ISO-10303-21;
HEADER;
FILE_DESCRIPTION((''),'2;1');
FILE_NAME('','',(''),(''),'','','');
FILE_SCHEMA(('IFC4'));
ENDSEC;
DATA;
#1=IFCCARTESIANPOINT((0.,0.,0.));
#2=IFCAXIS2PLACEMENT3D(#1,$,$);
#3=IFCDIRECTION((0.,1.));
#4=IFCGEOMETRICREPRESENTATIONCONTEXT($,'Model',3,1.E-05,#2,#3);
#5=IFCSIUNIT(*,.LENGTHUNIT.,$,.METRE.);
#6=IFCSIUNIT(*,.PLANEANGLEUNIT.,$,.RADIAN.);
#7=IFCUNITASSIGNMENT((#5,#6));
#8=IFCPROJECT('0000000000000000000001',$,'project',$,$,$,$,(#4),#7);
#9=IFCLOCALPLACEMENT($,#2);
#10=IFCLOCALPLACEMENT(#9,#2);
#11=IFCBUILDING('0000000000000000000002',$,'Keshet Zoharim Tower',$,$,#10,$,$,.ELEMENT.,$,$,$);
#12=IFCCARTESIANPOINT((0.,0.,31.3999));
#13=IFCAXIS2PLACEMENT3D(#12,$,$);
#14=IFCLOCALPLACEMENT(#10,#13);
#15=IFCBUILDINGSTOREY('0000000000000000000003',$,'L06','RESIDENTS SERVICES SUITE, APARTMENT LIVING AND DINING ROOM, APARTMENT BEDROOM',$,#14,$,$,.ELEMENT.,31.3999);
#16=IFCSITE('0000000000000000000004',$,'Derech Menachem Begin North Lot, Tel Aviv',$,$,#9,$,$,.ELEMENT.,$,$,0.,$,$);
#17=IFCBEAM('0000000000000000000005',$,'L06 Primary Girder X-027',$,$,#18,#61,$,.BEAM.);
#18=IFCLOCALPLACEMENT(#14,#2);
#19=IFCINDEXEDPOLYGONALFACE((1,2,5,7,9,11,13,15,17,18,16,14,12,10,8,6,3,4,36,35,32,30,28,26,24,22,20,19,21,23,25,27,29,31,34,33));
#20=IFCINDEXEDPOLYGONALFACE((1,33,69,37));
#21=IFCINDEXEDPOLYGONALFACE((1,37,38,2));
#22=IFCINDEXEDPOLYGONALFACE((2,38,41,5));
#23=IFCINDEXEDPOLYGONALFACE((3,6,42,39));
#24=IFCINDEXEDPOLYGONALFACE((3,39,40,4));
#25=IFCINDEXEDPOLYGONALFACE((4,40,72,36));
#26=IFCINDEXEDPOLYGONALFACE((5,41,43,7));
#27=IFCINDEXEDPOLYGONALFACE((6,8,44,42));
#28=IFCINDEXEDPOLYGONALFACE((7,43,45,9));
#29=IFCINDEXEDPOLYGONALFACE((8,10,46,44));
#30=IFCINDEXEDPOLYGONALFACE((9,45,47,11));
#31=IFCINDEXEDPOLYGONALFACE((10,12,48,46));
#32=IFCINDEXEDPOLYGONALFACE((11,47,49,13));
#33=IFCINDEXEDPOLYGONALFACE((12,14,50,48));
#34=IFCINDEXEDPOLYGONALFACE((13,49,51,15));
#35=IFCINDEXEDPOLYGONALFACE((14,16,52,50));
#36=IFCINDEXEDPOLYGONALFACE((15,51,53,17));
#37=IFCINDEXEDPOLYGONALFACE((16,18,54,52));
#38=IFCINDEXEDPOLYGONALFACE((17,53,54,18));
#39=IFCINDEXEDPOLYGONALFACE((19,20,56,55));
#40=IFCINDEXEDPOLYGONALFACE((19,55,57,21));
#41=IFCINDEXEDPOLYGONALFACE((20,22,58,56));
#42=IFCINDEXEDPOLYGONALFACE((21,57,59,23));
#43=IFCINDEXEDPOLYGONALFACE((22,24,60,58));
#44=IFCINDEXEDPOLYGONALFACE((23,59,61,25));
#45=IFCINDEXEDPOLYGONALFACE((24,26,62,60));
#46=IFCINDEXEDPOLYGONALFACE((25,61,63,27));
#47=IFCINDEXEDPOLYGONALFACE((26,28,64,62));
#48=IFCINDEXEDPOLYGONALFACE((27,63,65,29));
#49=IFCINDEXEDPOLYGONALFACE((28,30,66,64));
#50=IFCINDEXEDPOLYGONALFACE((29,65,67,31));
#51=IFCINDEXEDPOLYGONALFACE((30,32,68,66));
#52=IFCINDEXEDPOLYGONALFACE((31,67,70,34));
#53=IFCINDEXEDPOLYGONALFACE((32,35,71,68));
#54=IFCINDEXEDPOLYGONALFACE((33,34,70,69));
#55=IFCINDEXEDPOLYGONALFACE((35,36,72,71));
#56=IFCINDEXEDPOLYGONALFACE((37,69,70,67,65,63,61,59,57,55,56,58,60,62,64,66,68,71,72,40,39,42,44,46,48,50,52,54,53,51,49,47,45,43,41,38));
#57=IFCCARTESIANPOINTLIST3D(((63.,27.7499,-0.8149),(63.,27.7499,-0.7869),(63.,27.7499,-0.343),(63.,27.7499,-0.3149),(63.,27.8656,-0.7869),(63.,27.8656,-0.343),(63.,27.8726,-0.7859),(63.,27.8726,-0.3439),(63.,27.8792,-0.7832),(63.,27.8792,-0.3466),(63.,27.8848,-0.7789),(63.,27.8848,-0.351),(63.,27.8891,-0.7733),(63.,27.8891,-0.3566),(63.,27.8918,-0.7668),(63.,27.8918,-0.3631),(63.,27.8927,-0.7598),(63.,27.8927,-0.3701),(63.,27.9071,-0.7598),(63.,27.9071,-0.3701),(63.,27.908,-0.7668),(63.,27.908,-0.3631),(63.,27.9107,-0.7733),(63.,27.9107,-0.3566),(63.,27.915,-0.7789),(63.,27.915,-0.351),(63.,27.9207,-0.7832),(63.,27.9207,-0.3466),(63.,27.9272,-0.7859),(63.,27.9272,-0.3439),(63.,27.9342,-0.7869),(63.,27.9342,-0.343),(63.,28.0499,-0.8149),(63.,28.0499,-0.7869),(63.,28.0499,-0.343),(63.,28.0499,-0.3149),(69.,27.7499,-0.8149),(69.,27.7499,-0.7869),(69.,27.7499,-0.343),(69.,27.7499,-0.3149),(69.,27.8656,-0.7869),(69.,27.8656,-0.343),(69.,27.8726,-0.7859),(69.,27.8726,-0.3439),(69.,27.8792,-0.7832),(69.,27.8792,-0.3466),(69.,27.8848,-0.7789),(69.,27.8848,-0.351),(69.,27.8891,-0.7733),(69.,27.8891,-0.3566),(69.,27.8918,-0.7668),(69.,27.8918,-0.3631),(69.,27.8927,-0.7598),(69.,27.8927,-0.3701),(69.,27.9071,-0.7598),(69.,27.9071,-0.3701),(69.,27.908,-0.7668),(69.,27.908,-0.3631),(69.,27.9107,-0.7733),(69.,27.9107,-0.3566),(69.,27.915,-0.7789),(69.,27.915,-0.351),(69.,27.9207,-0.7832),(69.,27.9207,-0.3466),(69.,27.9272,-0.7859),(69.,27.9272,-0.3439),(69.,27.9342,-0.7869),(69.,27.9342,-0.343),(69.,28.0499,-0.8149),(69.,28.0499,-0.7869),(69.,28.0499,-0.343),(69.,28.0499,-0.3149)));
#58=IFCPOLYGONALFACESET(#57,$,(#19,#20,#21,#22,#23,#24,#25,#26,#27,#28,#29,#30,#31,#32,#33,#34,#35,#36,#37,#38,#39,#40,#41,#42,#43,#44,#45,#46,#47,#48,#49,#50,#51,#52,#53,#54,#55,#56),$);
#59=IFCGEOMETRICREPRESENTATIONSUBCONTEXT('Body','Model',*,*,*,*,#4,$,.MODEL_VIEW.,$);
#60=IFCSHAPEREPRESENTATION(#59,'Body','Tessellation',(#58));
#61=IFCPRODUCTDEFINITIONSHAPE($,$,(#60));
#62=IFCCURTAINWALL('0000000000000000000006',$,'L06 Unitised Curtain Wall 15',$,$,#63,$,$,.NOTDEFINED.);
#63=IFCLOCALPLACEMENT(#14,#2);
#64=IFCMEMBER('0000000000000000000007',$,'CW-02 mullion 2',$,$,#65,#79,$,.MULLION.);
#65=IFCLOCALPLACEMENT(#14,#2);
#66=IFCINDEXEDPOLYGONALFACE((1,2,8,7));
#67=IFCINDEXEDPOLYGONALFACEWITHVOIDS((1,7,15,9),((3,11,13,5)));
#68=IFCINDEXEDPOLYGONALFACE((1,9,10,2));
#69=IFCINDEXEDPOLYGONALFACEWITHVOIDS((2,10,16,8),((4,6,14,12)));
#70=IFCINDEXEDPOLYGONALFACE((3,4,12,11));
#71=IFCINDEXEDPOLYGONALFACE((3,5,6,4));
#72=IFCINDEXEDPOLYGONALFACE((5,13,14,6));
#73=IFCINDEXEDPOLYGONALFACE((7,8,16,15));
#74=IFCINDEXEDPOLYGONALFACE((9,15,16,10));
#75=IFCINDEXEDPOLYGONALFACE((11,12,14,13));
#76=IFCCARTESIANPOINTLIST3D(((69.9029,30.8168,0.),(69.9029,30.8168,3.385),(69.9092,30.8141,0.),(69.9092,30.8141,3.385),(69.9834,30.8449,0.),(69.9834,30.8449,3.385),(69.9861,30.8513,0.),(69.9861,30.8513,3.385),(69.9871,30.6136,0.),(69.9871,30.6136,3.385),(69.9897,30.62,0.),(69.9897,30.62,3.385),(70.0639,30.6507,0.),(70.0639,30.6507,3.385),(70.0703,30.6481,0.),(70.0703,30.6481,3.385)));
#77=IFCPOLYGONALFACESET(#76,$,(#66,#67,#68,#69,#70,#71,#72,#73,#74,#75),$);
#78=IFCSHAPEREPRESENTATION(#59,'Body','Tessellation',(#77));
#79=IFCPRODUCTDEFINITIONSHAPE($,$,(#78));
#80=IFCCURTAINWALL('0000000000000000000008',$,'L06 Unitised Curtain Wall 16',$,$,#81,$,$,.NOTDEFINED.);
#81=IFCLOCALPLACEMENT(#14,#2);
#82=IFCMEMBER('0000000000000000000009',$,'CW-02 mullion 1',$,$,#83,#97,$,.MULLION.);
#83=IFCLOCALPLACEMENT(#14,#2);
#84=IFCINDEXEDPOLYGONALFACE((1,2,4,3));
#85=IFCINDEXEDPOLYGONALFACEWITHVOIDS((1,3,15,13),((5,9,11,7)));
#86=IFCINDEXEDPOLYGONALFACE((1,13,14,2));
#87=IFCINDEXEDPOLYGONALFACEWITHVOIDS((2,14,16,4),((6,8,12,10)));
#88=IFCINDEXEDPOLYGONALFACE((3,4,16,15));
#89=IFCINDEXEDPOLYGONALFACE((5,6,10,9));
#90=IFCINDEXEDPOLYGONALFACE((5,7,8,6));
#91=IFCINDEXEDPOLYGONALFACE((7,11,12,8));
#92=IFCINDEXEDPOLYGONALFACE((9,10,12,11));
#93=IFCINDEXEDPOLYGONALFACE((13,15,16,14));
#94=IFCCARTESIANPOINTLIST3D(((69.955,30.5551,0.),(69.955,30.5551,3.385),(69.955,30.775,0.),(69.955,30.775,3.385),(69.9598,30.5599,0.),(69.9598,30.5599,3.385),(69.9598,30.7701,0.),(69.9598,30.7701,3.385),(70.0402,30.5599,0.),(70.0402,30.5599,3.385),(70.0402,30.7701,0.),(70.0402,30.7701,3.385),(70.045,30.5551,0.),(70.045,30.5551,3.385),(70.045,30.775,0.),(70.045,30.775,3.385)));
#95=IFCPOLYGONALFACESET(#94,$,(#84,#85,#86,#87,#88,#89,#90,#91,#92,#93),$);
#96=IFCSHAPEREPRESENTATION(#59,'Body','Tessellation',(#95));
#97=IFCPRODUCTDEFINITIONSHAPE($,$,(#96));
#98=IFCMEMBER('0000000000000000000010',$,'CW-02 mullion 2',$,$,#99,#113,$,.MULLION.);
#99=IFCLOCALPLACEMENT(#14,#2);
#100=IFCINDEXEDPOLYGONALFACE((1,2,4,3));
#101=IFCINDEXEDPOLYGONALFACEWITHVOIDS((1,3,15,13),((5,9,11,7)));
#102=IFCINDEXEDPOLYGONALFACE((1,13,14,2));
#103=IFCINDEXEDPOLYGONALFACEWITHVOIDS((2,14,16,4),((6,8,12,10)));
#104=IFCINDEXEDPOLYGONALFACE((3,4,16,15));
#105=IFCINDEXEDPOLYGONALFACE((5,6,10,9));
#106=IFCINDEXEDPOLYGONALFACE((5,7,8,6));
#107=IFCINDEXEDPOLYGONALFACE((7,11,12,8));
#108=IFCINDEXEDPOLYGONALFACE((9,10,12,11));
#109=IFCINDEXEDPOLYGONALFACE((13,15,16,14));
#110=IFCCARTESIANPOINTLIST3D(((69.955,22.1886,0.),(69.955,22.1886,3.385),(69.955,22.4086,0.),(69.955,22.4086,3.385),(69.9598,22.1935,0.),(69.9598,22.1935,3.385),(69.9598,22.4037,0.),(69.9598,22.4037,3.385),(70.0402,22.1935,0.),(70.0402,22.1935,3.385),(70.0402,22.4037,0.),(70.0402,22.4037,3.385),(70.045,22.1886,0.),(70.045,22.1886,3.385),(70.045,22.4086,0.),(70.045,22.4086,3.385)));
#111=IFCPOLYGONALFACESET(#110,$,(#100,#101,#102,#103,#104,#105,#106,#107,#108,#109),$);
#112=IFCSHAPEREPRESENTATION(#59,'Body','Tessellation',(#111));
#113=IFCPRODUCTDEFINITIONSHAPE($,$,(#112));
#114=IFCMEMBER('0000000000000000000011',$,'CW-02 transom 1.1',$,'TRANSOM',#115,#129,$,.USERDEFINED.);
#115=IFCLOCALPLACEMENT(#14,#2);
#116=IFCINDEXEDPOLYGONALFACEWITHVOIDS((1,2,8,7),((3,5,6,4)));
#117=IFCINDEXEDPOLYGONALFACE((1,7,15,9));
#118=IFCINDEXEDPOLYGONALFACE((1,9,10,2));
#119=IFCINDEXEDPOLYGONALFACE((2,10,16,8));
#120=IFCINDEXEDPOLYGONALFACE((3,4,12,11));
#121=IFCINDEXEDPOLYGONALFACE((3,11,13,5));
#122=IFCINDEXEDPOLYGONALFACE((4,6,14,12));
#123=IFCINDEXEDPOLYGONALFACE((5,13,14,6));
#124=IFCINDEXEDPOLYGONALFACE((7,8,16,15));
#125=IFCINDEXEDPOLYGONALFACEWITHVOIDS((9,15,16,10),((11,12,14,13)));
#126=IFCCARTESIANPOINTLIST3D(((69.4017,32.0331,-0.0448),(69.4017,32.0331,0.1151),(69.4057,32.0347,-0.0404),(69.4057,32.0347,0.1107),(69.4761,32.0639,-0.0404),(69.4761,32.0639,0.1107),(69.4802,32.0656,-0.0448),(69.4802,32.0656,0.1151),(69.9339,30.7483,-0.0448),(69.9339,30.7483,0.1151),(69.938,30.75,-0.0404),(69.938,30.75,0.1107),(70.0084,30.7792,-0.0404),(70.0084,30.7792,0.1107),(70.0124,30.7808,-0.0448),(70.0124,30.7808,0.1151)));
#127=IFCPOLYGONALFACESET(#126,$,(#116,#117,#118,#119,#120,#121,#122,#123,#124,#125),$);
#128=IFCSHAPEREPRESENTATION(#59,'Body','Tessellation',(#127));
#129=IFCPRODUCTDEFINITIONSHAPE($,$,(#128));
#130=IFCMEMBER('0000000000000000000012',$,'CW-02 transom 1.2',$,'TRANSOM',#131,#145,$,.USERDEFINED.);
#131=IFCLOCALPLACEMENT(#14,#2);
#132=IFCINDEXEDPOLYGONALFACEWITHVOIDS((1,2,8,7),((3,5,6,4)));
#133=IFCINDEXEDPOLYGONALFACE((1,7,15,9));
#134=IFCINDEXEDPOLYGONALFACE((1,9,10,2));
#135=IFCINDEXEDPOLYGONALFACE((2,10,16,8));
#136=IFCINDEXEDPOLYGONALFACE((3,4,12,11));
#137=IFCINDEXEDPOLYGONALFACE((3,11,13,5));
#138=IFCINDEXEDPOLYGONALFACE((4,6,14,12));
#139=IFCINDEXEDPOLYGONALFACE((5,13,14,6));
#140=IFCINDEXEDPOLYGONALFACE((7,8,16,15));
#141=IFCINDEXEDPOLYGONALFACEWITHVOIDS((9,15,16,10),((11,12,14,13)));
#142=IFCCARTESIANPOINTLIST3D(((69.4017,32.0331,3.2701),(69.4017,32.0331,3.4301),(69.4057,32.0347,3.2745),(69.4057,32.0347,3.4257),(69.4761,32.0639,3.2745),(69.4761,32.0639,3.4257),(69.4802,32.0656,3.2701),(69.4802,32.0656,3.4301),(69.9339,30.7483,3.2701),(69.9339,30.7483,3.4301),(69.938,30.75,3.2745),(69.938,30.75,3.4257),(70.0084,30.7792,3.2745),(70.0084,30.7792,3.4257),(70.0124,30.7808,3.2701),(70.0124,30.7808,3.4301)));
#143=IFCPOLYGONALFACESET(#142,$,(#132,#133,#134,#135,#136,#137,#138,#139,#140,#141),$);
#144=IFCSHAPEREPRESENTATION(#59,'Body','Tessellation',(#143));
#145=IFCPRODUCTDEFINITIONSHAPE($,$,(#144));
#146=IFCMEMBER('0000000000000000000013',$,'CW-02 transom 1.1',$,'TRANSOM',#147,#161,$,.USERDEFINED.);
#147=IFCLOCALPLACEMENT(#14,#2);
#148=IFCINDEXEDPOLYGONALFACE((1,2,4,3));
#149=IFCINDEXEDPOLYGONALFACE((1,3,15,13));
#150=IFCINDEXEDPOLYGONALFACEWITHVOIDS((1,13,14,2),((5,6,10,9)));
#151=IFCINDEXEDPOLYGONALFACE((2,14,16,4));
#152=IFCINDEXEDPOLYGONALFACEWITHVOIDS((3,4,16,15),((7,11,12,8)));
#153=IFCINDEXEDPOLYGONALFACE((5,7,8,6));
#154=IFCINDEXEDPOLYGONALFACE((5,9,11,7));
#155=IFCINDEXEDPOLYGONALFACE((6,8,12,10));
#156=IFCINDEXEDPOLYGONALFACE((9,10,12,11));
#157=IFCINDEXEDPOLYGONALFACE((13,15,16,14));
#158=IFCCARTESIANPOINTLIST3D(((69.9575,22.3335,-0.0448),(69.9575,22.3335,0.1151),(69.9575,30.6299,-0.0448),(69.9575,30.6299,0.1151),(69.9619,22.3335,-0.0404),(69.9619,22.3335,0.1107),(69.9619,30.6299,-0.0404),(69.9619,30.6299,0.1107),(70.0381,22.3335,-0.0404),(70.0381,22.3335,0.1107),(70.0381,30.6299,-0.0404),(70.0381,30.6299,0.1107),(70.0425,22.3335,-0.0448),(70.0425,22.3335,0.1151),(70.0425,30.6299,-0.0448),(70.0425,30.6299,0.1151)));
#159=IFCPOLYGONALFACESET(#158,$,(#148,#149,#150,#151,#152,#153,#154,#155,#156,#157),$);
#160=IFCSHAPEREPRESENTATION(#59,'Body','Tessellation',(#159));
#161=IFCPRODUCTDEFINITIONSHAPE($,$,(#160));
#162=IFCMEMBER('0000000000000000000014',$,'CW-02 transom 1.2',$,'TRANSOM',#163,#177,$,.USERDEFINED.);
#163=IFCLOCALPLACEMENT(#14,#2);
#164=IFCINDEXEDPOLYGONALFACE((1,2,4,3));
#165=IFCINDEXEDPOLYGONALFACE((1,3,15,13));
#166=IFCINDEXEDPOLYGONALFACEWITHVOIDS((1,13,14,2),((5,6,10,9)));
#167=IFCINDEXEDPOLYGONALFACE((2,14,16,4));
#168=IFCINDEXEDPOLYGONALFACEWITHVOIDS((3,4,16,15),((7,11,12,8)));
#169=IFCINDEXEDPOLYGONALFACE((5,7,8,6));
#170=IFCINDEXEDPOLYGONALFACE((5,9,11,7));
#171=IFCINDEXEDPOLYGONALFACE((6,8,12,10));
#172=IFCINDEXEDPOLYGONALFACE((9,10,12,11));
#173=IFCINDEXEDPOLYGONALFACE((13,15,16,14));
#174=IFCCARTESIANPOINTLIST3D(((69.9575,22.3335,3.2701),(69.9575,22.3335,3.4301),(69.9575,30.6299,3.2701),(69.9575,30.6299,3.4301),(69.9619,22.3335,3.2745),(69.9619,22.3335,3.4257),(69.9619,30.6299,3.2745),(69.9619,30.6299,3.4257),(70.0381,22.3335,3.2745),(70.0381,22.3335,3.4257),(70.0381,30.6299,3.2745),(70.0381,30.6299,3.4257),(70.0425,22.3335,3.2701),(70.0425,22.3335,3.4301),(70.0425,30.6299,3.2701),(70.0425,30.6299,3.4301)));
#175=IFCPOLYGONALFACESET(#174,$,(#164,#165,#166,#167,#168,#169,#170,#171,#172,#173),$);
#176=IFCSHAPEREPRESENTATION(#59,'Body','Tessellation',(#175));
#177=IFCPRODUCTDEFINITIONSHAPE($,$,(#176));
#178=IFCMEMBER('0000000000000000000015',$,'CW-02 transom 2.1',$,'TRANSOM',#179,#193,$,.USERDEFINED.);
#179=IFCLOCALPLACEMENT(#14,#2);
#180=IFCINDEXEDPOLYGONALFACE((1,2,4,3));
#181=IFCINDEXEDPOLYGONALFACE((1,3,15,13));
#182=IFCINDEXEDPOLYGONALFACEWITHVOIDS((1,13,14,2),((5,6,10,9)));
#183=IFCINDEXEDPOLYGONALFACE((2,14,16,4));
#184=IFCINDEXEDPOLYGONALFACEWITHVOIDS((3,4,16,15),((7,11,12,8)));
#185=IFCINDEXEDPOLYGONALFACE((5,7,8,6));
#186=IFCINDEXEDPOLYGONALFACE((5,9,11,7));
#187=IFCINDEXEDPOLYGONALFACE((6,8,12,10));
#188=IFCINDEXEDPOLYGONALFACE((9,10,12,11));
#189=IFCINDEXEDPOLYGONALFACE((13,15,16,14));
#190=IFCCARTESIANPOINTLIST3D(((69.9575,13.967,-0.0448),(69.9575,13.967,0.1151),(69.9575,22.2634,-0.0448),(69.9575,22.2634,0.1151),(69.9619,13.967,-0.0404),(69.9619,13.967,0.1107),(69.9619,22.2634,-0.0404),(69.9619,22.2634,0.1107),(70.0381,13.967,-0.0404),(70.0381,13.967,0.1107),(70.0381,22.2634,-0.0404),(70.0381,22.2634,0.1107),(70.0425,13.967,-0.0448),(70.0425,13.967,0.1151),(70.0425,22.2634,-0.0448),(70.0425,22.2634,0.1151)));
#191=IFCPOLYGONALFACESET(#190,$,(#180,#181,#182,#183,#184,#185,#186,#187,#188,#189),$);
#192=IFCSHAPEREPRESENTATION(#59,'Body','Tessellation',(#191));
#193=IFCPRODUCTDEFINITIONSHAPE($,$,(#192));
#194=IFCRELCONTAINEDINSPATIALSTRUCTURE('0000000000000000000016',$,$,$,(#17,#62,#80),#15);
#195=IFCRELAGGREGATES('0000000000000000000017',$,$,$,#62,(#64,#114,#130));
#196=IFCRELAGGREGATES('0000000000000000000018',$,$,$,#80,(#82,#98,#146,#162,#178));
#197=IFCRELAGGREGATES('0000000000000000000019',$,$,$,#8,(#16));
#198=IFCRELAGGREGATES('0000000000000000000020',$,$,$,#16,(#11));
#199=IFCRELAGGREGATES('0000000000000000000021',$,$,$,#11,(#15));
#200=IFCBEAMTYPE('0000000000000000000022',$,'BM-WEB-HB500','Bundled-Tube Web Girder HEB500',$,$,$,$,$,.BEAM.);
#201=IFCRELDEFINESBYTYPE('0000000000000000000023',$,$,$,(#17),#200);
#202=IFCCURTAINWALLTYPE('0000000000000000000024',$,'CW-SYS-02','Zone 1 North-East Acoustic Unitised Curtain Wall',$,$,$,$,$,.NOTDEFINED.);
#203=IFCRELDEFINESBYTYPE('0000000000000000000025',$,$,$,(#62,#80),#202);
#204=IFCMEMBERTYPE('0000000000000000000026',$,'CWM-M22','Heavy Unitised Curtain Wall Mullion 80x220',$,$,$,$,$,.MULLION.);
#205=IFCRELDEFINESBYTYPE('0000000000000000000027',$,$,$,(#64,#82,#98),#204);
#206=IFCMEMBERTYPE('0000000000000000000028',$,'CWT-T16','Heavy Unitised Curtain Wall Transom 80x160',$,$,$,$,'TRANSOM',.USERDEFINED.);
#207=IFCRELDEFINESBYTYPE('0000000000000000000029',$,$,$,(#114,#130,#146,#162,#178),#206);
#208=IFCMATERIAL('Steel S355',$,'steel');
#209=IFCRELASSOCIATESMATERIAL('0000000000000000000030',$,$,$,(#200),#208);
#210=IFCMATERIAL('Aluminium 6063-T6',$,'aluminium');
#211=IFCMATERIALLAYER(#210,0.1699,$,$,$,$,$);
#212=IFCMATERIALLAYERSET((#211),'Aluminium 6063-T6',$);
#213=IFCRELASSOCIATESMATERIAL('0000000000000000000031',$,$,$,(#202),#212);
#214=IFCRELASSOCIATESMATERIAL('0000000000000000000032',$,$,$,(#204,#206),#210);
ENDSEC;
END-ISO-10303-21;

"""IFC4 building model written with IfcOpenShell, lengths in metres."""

from ifc_helpers import new_model, si_unit, direction, frame, origin, origin_2d, place, context, subcontext, project, spatial, hollow_rectangle, i_section, extrude, material, layer, layer_set, material_profile, profile_set, type_object, element, aggregate, save


model = new_model("IFC4")

# Units and contexts
model_context = context("Model", 3, precision=1e-05, world=origin(), true_north=direction((0.0, 1.0)))
body_context = subcontext(model_context, "Body", "Model", "MODEL_VIEW")
ifc_project = project(units=[si_unit("LENGTHUNIT", "METRE"), si_unit("PLANEANGLEUNIT", "RADIAN")], contexts=[model_context])

# Site, building, storey
site_placement = place(None, origin())
site = spatial("IfcSite", under=ifc_project, at=site_placement, Name="Derech Menachem Begin North Lot, Tel Aviv", CompositionType="ELEMENT", RefElevation=0.0)
building_placement = place(site_placement, origin())
building = spatial("IfcBuilding", under=site, at=building_placement, Name="Keshet Zoharim Tower", CompositionType="ELEMENT")
storey_placement = place(building_placement, frame((0.0, 0.0, 31.3999)))
storey = spatial("IfcBuildingStorey", under=building, at=storey_placement, Name="L06", Description="RESIDENTS SERVICES SUITE, APARTMENT LIVING AND DINING ROOM, APARTMENT BEDROOM", CompositionType="ELEMENT", Elevation=31.3999)

# Shared definitions
ifc_material_1 = material(Name="Steel S355", Category="steel")

# Beam
ifc_material_profile_1 = material_profile(ifc_material_1, i_section(OverallWidth=0.3, OverallDepth=0.5, WebThickness=0.0144, FlangeThickness=0.0281, FilletRadius=0.0271, at=origin_2d()), Name="HEB500")
ifc_profile_set_1 = profile_set([ifc_material_profile_1], Name="Steel S355")
beam_type_1 = type_object("IfcBeamType", Name="BM-WEB-HB500", Description="Bundled-Tube Web Girder HEB500", PredefinedType="BEAM", material=ifc_profile_set_1)
for number, where, z_axis, x_axis, name in (
    (1, (63.0, 27.8999, -0.5649), (1.0, 0.0, 0.0), (0.0, 1.0, 0.0), "L06 Primary Girder X-027"),
):
    element("IfcBeam", number, at=place(storey_placement, frame(where, z_axis=z_axis, x_axis=x_axis)), inside=storey, type_object=beam_type_1, Name=name, PredefinedType="BEAM", context=body_context, shape_type="SweptSolid", body=[
        extrude(i_section(OverallWidth=0.3, OverallDepth=0.5, WebThickness=0.0144, FlangeThickness=0.0281, FilletRadius=0.0271, at=origin_2d()), origin(), (0.0, 0.0, 1.0), 6.0),
    ])

# Curtain wall, member
ifc_material_2 = material(Name="Aluminium 6063-T6", Category="aluminium")
ifc_layer_1 = layer(ifc_material_2, 0.1699)
ifc_layer_set_1 = layer_set([ifc_layer_1], Name="Aluminium 6063-T6")
curtain_wall_type = type_object("IfcCurtainWallType", Name="CW-SYS-02", Description="Zone 1 North-East Acoustic Unitised Curtain Wall", PredefinedType="NOTDEFINED", material=ifc_layer_set_1)
curtain_wall_1_placement = place(storey_placement, origin())
curtain_wall_1 = element("IfcCurtainWall", 2, at=curtain_wall_1_placement, inside=storey, type_object=curtain_wall_type, Name="L06 Unitised Curtain Wall 15", PredefinedType="NOTDEFINED")
ifc_material_profile_2 = material_profile(ifc_material_2, hollow_rectangle(XDim=0.0901, YDim=0.22, WallThickness=0.0049, at=origin_2d()), Name="MUL-90x220")
ifc_profile_set_2 = profile_set([ifc_material_profile_2], Name="Aluminium 6063-T6")
member_type_1 = type_object("IfcMemberType", Name="CWM-M22", Description="Heavy Unitised Curtain Wall Mullion 80x220", PredefinedType="MULLION", material=ifc_profile_set_2)
member_1_placement = place(storey_placement, frame((69.9866, 30.7324, 0.0), z_axis=(0.0, 0.0, 1.0), x_axis=(0.92381, 0.382852, 0.0)))
member_1 = element("IfcMember", 3, at=member_1_placement, type_object=member_type_1, Name="CW-02 mullion 2", PredefinedType="MULLION", context=body_context, shape_type="SweptSolid", body=[
    extrude(hollow_rectangle(XDim=0.0901, YDim=0.22, WallThickness=0.0049, at=origin_2d()), origin(), (0.0, 0.0, 1.0), 3.385),
])

# Curtain wall, members
curtain_wall_2_placement = place(storey_placement, origin())
curtain_wall_2 = element("IfcCurtainWall", 4, at=curtain_wall_2_placement, inside=storey, type_object=curtain_wall_type, Name="L06 Unitised Curtain Wall 16", PredefinedType="NOTDEFINED")
member_2_placement = place(storey_placement, frame((70.0, 30.665, 0.0), z_axis=(0.0, 0.0, 1.0), x_axis=(1.0, 0.0, 0.0)))
member_2 = element("IfcMember", 5, at=member_2_placement, type_object=member_type_1, Name="CW-02 mullion 1", PredefinedType="MULLION", context=body_context, shape_type="SweptSolid", body=[
    extrude(hollow_rectangle(XDim=0.0901, YDim=0.22, WallThickness=0.0049, at=origin_2d()), origin(), (0.0, 0.0, 1.0), 3.385),
])
member_3_placement = place(storey_placement, frame((70.0, 22.2986, 0.0), z_axis=(0.0, 0.0, 1.0), x_axis=(1.0, 0.0, 0.0)))
member_3 = element("IfcMember", 6, at=member_3_placement, type_object=member_type_1, Name="CW-02 mullion 2", PredefinedType="MULLION", context=body_context, shape_type="SweptSolid", body=[
    extrude(hollow_rectangle(XDim=0.0901, YDim=0.22, WallThickness=0.0049, at=origin_2d()), origin(), (0.0, 0.0, 1.0), 3.385),
])

# Members
ifc_material_profile_3 = material_profile(ifc_material_2, hollow_rectangle(XDim=0.085, YDim=0.1599, WallThickness=0.0044, at=origin_2d()), Name="TRN-85x160")
ifc_profile_set_3 = profile_set([ifc_material_profile_3], Name="Aluminium 6063-T6")
member_type_2 = type_object("IfcMemberType", Name="CWT-T16", Description="Heavy Unitised Curtain Wall Transom 80x160", ElementType="TRANSOM", PredefinedType="USERDEFINED", material=ifc_profile_set_3)
member_4_placement = place(storey_placement, frame((69.4409, 32.0493, 0.0352), z_axis=(0.382745, -0.923854, 0.0), x_axis=(0.923854, 0.382745, 0.0)))
member_4 = element("IfcMember", 7, at=member_4_placement, type_object=member_type_2, Name="CW-02 transom 1.1", ObjectType="TRANSOM", PredefinedType="USERDEFINED", context=body_context, shape_type="SweptSolid", body=[
    extrude(hollow_rectangle(XDim=0.085, YDim=0.1599, WallThickness=0.0044, at=origin_2d()), origin(), (0.0, 0.0, 1.0), 1.3906),
])
member_5_placement = place(storey_placement, frame((69.4409, 32.0493, 3.3501), z_axis=(0.382745, -0.923854, 0.0), x_axis=(0.923854, 0.382745, 0.0)))
member_5 = element("IfcMember", 8, at=member_5_placement, type_object=member_type_2, Name="CW-02 transom 1.2", ObjectType="TRANSOM", PredefinedType="USERDEFINED", context=body_context, shape_type="SweptSolid", body=[
    extrude(hollow_rectangle(XDim=0.085, YDim=0.1599, WallThickness=0.0044, at=origin_2d()), origin(), (0.0, 0.0, 1.0), 1.3906),
])
member_6_placement = place(storey_placement, frame((70.0, 30.6299, 0.0352), z_axis=(0.0, -1.0, 0.0), x_axis=(1.0, 0.0, 0.0)))
member_6 = element("IfcMember", 9, at=member_6_placement, type_object=member_type_2, Name="CW-02 transom 1.1", ObjectType="TRANSOM", PredefinedType="USERDEFINED", context=body_context, shape_type="SweptSolid", body=[
    extrude(hollow_rectangle(XDim=0.085, YDim=0.1599, WallThickness=0.0044, at=origin_2d()), origin(), (0.0, 0.0, 1.0), 8.2964),
])
member_7_placement = place(storey_placement, frame((70.0, 30.6299, 3.3501), z_axis=(0.0, -1.0, 0.0), x_axis=(1.0, 0.0, 0.0)))
member_7 = element("IfcMember", 10, at=member_7_placement, type_object=member_type_2, Name="CW-02 transom 1.2", ObjectType="TRANSOM", PredefinedType="USERDEFINED", context=body_context, shape_type="SweptSolid", body=[
    extrude(hollow_rectangle(XDim=0.085, YDim=0.1599, WallThickness=0.0044, at=origin_2d()), origin(), (0.0, 0.0, 1.0), 8.2964),
])
member_8_placement = place(storey_placement, frame((70.0, 22.2634, 0.0352), z_axis=(0.0, -1.0, 0.0), x_axis=(1.0, 0.0, 0.0)))
member_8 = element("IfcMember", 11, at=member_8_placement, type_object=member_type_2, Name="CW-02 transom 2.1", ObjectType="TRANSOM", PredefinedType="USERDEFINED", context=body_context, shape_type="SweptSolid", body=[
    extrude(hollow_rectangle(XDim=0.085, YDim=0.1599, WallThickness=0.0044, at=origin_2d()), origin(), (0.0, 0.0, 1.0), 8.2964),
])

aggregate(curtain_wall_1, [member_1, member_4, member_5])
aggregate(curtain_wall_2, [member_2, member_3, member_6, member_7, member_8])

save(model, "model.ifc")
